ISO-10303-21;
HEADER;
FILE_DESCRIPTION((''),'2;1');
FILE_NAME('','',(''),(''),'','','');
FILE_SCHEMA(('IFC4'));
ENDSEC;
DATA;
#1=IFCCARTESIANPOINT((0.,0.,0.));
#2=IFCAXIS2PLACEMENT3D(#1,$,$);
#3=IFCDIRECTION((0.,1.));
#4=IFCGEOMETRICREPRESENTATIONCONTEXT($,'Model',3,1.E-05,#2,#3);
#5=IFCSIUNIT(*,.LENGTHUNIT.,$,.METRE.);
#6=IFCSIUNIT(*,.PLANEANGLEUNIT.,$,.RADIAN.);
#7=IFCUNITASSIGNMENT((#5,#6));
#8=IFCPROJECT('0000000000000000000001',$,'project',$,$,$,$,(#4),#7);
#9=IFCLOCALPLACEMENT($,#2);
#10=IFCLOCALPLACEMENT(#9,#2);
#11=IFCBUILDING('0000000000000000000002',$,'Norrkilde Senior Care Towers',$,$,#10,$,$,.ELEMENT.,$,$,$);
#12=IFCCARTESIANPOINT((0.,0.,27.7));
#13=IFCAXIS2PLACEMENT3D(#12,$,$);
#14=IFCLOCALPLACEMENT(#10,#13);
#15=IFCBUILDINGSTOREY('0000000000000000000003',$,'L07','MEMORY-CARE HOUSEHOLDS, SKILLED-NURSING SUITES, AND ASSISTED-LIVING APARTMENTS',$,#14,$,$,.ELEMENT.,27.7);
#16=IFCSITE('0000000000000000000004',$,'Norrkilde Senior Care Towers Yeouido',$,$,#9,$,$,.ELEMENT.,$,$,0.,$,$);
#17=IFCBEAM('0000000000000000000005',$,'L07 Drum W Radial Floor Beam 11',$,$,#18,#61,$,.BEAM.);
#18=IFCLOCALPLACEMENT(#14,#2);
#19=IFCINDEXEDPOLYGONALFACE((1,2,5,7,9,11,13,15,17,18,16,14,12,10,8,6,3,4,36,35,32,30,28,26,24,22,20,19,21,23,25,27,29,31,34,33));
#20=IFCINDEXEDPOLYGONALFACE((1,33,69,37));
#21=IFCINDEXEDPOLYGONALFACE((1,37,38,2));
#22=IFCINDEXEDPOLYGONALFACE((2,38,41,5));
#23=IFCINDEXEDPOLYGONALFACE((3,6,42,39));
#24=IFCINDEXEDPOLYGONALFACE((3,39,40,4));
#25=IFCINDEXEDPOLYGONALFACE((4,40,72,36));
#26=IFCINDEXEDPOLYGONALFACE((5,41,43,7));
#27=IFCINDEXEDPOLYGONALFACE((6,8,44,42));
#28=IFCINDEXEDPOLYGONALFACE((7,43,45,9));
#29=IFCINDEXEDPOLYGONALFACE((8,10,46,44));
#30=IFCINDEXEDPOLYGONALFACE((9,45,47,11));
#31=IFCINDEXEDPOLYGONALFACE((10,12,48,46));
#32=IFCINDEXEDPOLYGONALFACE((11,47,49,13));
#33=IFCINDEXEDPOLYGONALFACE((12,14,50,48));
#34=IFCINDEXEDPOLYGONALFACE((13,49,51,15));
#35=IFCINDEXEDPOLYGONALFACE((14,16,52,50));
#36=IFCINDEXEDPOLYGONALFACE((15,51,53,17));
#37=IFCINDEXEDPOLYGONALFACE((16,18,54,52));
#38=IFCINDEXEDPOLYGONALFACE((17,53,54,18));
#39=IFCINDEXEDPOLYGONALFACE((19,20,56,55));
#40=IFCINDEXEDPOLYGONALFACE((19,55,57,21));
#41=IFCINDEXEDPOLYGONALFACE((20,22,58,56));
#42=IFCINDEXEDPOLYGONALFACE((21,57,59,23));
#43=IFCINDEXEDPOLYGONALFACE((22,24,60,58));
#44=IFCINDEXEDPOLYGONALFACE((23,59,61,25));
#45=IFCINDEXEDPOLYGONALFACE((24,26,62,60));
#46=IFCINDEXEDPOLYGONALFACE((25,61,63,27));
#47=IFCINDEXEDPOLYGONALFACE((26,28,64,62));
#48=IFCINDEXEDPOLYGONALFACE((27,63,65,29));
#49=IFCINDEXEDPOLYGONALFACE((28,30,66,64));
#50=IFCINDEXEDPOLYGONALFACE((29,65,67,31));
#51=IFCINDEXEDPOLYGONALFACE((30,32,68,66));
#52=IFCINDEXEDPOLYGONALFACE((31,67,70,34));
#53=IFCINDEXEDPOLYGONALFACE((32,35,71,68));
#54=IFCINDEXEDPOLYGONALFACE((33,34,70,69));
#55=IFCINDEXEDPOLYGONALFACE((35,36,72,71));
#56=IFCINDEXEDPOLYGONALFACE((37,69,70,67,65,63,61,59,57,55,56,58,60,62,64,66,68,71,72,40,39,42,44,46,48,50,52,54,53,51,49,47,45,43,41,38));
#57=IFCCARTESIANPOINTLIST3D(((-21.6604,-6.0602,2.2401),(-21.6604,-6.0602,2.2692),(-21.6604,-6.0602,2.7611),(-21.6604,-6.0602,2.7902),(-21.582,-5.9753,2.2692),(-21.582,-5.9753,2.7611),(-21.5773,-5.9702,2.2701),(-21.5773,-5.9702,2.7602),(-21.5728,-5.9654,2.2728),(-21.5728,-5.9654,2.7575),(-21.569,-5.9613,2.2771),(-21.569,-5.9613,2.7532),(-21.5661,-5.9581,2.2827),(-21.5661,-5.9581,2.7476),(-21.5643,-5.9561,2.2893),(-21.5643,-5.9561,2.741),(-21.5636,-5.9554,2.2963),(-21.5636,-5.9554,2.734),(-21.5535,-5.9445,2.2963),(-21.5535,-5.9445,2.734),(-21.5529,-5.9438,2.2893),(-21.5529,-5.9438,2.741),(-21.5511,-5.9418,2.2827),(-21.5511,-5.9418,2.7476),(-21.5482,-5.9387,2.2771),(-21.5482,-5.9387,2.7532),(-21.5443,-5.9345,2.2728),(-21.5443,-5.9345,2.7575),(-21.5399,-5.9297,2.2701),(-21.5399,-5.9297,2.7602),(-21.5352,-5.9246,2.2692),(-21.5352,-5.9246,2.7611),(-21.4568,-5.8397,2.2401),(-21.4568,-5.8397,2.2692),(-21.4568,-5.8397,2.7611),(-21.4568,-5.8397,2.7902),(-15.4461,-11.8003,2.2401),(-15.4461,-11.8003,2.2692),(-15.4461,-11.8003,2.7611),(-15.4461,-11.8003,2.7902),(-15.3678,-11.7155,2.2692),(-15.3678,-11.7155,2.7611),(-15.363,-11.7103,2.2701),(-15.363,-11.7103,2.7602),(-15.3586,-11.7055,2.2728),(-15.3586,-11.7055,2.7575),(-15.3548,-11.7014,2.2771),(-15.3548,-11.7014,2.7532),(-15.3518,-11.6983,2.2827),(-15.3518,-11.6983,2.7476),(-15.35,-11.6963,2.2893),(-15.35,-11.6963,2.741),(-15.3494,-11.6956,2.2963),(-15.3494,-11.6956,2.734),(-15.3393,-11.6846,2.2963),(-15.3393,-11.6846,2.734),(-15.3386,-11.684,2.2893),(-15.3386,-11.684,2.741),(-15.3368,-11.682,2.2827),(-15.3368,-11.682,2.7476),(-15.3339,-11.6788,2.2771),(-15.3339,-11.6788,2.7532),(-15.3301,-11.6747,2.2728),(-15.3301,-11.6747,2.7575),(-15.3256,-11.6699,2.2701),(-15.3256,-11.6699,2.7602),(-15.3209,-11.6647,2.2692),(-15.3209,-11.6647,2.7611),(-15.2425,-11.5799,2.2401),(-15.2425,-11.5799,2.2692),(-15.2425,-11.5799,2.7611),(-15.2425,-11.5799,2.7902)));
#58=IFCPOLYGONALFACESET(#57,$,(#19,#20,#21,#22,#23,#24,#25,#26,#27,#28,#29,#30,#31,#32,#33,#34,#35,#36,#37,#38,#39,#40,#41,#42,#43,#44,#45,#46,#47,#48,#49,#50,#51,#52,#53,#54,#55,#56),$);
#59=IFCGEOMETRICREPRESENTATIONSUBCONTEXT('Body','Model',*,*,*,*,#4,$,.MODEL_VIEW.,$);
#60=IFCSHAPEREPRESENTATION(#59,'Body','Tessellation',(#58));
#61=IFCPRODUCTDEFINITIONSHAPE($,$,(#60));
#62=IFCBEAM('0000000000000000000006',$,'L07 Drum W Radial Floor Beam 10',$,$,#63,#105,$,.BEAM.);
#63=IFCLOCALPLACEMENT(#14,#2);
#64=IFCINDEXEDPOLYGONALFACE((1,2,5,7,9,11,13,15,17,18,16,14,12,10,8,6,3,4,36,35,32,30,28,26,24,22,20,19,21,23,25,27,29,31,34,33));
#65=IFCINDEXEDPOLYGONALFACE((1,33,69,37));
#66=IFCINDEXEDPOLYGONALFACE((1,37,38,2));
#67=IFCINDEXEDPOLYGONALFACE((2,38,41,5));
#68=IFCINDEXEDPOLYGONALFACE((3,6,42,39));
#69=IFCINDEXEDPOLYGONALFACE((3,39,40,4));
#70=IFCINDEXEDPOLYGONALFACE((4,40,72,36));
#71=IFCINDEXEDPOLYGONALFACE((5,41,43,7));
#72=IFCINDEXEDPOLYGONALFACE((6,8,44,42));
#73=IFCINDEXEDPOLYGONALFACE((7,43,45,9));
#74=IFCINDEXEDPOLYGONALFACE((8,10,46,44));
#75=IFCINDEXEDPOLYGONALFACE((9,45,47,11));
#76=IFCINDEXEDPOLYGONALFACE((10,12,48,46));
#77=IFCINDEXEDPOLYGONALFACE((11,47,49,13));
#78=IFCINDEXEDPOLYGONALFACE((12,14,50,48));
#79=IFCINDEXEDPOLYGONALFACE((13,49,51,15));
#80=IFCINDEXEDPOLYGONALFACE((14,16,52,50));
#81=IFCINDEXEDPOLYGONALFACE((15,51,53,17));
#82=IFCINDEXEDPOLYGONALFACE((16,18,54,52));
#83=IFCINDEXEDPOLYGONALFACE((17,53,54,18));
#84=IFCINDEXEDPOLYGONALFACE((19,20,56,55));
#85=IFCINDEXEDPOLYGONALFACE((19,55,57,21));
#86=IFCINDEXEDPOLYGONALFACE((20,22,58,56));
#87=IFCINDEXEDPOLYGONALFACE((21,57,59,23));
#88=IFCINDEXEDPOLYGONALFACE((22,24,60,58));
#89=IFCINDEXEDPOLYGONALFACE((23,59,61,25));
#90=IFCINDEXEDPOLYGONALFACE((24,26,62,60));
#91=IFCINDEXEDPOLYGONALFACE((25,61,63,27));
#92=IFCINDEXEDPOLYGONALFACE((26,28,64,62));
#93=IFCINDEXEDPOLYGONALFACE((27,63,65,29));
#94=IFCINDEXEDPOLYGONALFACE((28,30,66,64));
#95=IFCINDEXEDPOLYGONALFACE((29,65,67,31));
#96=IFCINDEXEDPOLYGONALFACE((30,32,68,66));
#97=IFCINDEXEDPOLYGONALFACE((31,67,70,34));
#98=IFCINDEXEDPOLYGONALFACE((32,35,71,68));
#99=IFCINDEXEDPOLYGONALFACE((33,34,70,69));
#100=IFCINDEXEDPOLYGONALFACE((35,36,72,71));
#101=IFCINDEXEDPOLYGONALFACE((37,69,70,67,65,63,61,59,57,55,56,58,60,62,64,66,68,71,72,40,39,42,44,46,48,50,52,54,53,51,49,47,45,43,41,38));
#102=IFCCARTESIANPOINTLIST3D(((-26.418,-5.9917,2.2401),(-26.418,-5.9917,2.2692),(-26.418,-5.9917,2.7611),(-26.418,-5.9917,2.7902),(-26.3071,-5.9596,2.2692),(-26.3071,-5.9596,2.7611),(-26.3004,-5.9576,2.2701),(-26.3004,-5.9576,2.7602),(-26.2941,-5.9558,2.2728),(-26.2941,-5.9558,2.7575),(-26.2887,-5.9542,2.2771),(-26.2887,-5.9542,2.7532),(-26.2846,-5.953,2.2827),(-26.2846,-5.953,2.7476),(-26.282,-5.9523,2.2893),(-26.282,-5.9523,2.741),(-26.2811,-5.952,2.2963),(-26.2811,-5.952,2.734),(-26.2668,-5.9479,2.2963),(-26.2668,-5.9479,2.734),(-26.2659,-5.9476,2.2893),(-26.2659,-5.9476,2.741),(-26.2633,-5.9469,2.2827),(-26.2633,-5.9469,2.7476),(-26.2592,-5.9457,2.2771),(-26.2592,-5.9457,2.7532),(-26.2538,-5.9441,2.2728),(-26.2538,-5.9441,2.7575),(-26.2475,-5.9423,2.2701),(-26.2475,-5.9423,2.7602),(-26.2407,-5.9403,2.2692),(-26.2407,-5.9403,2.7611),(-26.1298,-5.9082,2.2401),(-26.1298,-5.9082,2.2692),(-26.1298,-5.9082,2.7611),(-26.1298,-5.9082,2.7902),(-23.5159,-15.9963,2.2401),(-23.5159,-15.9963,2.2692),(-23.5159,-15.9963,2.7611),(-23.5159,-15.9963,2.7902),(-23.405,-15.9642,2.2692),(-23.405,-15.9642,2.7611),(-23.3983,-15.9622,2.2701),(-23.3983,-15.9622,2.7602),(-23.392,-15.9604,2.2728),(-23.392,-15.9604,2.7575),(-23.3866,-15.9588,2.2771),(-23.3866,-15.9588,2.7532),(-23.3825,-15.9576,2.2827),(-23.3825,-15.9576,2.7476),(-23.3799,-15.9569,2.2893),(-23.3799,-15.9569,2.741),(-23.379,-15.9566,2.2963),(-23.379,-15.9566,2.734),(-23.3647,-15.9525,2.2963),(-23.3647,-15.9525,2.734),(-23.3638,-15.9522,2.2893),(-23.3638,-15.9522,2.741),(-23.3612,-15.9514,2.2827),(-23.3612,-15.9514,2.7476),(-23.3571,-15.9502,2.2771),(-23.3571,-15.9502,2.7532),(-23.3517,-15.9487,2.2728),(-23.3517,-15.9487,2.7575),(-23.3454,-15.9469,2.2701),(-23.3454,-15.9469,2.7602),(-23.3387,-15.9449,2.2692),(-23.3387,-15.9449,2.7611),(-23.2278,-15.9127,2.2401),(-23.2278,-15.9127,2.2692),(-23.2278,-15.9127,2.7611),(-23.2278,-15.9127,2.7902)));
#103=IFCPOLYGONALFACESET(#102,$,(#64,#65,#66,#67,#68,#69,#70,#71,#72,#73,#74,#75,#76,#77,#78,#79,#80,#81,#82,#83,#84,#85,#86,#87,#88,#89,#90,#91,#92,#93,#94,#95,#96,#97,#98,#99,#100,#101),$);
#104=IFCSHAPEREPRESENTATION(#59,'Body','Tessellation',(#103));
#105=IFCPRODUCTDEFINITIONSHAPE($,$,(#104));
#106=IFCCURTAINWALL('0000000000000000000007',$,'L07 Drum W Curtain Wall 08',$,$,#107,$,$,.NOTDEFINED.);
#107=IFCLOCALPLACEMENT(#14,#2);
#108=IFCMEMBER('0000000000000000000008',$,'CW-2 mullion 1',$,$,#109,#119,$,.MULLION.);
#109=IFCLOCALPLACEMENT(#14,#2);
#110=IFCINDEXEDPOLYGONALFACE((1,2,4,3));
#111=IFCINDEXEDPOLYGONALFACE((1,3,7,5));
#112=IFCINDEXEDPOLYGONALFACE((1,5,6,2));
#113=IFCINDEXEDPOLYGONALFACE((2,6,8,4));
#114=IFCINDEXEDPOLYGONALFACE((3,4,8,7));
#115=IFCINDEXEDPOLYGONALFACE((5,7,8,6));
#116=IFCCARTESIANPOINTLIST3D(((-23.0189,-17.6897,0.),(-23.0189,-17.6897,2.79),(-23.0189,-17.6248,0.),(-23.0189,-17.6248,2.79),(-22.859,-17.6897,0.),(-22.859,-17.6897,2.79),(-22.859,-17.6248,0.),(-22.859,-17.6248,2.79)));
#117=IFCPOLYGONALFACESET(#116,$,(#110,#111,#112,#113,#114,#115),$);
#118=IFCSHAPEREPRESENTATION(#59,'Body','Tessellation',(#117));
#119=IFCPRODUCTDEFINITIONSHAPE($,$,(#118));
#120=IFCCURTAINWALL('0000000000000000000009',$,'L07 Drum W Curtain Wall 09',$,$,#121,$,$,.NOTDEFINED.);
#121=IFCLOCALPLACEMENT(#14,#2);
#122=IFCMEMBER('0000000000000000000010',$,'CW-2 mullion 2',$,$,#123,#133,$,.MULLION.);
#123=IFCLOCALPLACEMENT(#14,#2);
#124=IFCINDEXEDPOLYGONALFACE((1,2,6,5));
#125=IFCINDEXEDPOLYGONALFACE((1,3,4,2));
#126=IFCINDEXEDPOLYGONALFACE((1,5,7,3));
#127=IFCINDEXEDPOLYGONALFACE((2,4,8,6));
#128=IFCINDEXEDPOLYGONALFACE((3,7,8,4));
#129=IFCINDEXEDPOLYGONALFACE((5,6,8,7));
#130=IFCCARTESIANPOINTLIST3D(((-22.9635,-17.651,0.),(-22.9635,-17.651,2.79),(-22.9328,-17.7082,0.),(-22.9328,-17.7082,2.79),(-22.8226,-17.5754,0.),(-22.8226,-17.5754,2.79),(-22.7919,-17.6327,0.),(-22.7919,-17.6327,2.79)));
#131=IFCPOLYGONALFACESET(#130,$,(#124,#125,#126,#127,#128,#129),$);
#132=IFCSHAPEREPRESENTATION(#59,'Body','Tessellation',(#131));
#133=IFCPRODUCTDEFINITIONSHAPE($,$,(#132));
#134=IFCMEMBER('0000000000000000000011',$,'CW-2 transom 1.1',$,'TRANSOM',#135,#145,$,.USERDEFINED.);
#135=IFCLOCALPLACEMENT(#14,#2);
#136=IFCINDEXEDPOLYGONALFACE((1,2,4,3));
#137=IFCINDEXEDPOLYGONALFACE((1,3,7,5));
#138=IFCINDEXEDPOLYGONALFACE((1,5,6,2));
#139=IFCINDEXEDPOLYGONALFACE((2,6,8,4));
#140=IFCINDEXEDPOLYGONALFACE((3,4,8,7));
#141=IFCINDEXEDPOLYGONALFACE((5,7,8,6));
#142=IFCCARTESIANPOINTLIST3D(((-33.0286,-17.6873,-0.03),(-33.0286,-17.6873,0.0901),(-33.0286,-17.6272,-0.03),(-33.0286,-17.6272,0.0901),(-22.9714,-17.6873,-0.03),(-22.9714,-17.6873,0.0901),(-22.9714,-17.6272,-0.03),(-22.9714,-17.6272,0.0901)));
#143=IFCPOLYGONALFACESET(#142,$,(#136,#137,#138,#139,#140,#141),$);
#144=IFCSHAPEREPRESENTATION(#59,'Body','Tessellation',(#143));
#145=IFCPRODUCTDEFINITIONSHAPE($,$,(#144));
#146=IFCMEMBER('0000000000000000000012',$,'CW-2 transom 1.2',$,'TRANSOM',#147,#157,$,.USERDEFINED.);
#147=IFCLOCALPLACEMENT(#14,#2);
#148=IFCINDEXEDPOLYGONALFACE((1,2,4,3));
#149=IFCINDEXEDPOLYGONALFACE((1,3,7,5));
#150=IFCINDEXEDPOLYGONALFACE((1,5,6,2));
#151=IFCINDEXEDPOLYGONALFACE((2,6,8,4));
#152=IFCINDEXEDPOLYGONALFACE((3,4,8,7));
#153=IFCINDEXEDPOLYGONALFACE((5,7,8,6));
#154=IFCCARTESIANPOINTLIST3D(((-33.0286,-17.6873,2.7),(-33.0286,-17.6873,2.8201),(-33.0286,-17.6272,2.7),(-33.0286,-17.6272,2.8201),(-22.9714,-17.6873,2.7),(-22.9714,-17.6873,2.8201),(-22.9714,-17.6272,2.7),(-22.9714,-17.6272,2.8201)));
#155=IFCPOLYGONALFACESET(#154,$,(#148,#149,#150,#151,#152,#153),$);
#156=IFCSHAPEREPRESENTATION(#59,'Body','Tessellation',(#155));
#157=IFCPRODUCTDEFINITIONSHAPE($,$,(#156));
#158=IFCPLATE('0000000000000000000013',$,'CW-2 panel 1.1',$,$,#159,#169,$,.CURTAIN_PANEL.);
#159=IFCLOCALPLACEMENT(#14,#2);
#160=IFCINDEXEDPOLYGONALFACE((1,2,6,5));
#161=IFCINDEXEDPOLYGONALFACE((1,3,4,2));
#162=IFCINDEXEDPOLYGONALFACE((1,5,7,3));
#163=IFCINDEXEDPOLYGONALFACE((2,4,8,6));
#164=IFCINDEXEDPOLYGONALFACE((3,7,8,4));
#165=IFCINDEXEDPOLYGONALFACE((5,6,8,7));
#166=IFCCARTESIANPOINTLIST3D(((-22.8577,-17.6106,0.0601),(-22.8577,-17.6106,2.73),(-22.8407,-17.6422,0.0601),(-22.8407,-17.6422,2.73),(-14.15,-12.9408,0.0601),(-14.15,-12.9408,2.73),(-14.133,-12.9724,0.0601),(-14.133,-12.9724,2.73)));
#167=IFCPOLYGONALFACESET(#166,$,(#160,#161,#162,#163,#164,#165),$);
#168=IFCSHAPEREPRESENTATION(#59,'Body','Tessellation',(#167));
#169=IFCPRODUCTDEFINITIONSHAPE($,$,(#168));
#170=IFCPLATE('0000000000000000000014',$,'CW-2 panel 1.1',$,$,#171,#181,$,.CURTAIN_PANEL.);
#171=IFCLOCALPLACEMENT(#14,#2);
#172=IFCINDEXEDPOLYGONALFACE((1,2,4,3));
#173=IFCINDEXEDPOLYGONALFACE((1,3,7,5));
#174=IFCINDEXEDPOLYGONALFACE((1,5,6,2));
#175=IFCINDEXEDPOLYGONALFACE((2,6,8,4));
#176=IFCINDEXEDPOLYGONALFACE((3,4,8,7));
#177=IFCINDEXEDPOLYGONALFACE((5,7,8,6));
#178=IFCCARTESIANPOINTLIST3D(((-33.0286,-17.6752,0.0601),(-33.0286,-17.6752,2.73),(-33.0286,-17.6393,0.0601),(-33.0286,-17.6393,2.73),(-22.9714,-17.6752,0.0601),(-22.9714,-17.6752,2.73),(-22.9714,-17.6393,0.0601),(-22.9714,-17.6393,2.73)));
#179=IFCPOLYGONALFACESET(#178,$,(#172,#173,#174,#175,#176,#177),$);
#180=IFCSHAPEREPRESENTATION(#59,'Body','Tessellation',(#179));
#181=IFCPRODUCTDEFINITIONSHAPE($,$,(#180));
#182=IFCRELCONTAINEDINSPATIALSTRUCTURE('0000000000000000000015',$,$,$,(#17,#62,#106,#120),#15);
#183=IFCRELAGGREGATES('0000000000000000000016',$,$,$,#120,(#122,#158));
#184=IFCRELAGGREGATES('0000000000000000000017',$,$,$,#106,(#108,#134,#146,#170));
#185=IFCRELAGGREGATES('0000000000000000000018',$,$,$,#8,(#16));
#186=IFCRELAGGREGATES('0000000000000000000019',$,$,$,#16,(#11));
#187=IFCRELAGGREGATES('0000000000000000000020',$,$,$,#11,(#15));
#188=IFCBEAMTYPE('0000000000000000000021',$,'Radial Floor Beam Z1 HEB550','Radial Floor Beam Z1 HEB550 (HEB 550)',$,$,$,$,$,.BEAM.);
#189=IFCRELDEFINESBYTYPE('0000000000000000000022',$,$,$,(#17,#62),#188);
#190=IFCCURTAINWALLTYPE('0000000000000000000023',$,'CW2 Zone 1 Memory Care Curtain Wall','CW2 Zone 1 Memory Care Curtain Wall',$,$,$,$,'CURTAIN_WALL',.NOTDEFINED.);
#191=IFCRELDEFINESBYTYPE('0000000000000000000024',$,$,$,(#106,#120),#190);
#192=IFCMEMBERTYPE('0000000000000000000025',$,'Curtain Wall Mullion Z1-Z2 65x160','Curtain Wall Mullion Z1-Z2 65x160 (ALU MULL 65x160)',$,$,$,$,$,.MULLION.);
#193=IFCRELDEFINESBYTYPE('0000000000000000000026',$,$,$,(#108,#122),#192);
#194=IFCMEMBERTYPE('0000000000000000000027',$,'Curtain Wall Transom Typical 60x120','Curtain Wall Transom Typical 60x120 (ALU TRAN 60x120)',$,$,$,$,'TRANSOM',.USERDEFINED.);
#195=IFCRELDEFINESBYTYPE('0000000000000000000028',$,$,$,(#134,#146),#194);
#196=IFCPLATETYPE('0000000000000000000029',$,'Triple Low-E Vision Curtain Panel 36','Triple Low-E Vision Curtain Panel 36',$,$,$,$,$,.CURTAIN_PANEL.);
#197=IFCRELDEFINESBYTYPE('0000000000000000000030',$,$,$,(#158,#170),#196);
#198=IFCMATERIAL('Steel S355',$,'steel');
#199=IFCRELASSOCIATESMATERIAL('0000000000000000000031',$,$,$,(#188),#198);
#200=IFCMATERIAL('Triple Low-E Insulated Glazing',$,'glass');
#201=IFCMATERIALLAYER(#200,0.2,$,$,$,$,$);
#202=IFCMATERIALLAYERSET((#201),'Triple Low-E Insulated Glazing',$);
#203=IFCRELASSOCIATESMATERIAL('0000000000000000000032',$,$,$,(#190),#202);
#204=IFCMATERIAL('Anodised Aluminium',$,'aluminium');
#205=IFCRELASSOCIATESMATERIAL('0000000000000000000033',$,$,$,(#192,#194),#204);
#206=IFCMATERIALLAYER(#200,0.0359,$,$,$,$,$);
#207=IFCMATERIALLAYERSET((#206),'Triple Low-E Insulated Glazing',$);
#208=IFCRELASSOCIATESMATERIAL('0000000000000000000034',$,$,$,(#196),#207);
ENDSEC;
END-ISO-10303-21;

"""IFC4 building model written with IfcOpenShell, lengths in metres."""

from ifc_helpers import new_model, si_unit, direction, frame, origin, origin_2d, place, context, subcontext, project, spatial, rectangle, i_section, extrude, source, transform, mapped, material, layer, layer_set, material_profile, profile_set, type_object, type_shapes, element, aggregate, save


model = new_model("IFC4")

# Units and contexts
model_context = context("Model", 3, precision=1e-05, world=origin(), true_north=direction((0.0, 1.0)))
body_context = subcontext(model_context, "Body", "Model", "MODEL_VIEW")
ifc_project = project(units=[si_unit("LENGTHUNIT", "METRE"), si_unit("PLANEANGLEUNIT", "RADIAN")], contexts=[model_context])

# Site, building, storey
site_placement = place(None, origin())
site = spatial("IfcSite", under=ifc_project, at=site_placement, Name="Norrkilde Senior Care Towers Yeouido", CompositionType="ELEMENT", RefElevation=0.0)
building_placement = place(site_placement, origin())
building = spatial("IfcBuilding", under=site, at=building_placement, Name="Norrkilde Senior Care Towers", CompositionType="ELEMENT")
storey_placement = place(building_placement, frame((0.0, 0.0, 27.7)))
storey = spatial("IfcBuildingStorey", under=building, at=storey_placement, Name="L07", Description="MEMORY-CARE HOUSEHOLDS, SKILLED-NURSING SUITES, AND ASSISTED-LIVING APARTMENTS", CompositionType="ELEMENT", Elevation=27.7)

# Beams
ifc_material_1 = material(Name="Steel S355", Category="steel")
ifc_material_profile_1 = material_profile(ifc_material_1, i_section(OverallWidth=0.3, OverallDepth=0.55, WebThickness=0.0149, FlangeThickness=0.0291, FilletRadius=0.0271, at=origin_2d()), Name="HEB 550")
ifc_profile_set_1 = profile_set([ifc_material_profile_1], Name="Steel S355")
beam_type_1 = type_object("IfcBeamType", Name="Radial Floor Beam Z1 HEB550", Description="Radial Floor Beam Z1 HEB550 (HEB 550)", PredefinedType="BEAM", material=ifc_profile_set_1)
shared_shape_1 = source(origin(), body_context, "Body", "SweptSolid", [
    extrude(i_section(OverallWidth=0.3, OverallDepth=0.55, WebThickness=0.0149, FlangeThickness=0.0291, FilletRadius=0.0271, at=origin_2d()), origin(), (0.0, 0.0, 1.0), 8.4597),
])
beam_1_placement = place(storey_placement, frame((-21.5586, -5.95, 2.5151), z_axis=(0.734573, -0.678529, 0.0), x_axis=(0.678529, 0.734573, 0.0)))
element("IfcBeam", 1, at=beam_1_placement, inside=storey, type_object=beam_type_1, Name="L07 Drum W Radial Floor Beam 11", PredefinedType="BEAM", context=body_context, shape_type="MappedRepresentation", body=[
    mapped(shared_shape_1, transform((0.0, 0.0, 0.0), x_axis=(1.0, 0.0, 0.0), y_axis=(0.0, 1.0, 0.0), z_axis=(0.0, 0.0, 1.0), scale=1.0)),
])
shared_shape_2 = source(origin(), body_context, "Body", "SweptSolid", [
    extrude(i_section(OverallWidth=0.3, OverallDepth=0.55, WebThickness=0.0149, FlangeThickness=0.0291, FilletRadius=0.0271, at=origin_2d()), origin(), (0.0, 0.0, 1.0), 10.417),
])
beam_2_placement = place(storey_placement, frame((-26.2739, -5.95, 2.5151), z_axis=(0.278591, -0.96041, 0.0), x_axis=(0.96041, 0.278591, 0.0)))
element("IfcBeam", 2, at=beam_2_placement, inside=storey, type_object=beam_type_1, Name="L07 Drum W Radial Floor Beam 10", PredefinedType="BEAM", context=body_context, shape_type="MappedRepresentation", body=[
    mapped(shared_shape_2, transform((0.0, 0.0, 0.0), x_axis=(1.0, 0.0, 0.0), y_axis=(0.0, 1.0, 0.0), z_axis=(0.0, 0.0, 1.0), scale=1.0)),
])

# Curtain walls, members
ifc_material_2 = material(Name="Triple Low-E Insulated Glazing", Category="glass")
ifc_layer_1 = layer(ifc_material_2, 0.2)
ifc_layer_set_1 = layer_set([ifc_layer_1], Name="Triple Low-E Insulated Glazing")
curtain_wall_type = type_object("IfcCurtainWallType", Name="CW2 Zone 1 Memory Care Curtain Wall", Description="CW2 Zone 1 Memory Care Curtain Wall", ElementType="CURTAIN_WALL", PredefinedType="NOTDEFINED", material=ifc_layer_set_1)
curtain_wall_1_placement = place(storey_placement, origin())
curtain_wall_1 = element("IfcCurtainWall", 3, at=curtain_wall_1_placement, inside=storey, type_object=curtain_wall_type, Name="L07 Drum W Curtain Wall 08", PredefinedType="NOTDEFINED")
ifc_material_3 = material(Name="Anodised Aluminium", Category="aluminium")
ifc_material_profile_2 = material_profile(ifc_material_3, rectangle(XDim=0.0649, YDim=0.1599, at=origin_2d()), Name="ALU MULL 65x160")
ifc_profile_set_2 = profile_set([ifc_material_profile_2], Name="Anodised Aluminium")
member_type_1 = type_object("IfcMemberType", Name="Curtain Wall Mullion Z1-Z2 65x160", Description="Curtain Wall Mullion Z1-Z2 65x160 (ALU MULL 65x160)", PredefinedType="MULLION", material=ifc_profile_set_2)
shared_shape_3 = source(origin(), body_context, "Body", "SweptSolid", [
    extrude(rectangle(XDim=0.0649, YDim=0.1599, at=origin_2d()), origin(), (0.0, 0.0, 1.0), 2.79),
])
type_shapes(member_type_1, [shared_shape_3])
member_1_placement = place(storey_placement, frame((-22.939, -17.6572, 0.0), z_axis=(0.0, 0.0, 1.0), x_axis=(0.0, -1.0, 0.0)))
member_1 = element("IfcMember", 4, at=member_1_placement, type_object=member_type_1, Name="CW-2 mullion 1", PredefinedType="MULLION", context=body_context, shape_type="MappedRepresentation", body=[
    mapped(shared_shape_3, transform((0.0, 0.0, 0.0), x_axis=(1.0, 0.0, 0.0), y_axis=(0.0, 1.0, 0.0), z_axis=(0.0, 0.0, 1.0), scale=1.0)),
])
curtain_wall_2_placement = place(storey_placement, origin())
curtain_wall_2 = element("IfcCurtainWall", 5, at=curtain_wall_2_placement, inside=storey, type_object=curtain_wall_type, Name="L07 Drum W Curtain Wall 09", PredefinedType="NOTDEFINED")
member_2_placement = place(storey_placement, frame((-22.8777, -17.6418, 0.0), z_axis=(0.0, 0.0, 1.0), x_axis=(0.472608, -0.881273, 0.0)))
member_2 = element("IfcMember", 6, at=member_2_placement, type_object=member_type_1, Name="CW-2 mullion 2", PredefinedType="MULLION", context=body_context, shape_type="MappedRepresentation", body=[
    mapped(shared_shape_3, transform((0.0, 0.0, 0.0), x_axis=(1.0, 0.0, 0.0), y_axis=(0.0, 1.0, 0.0), z_axis=(0.0, 0.0, 1.0), scale=1.0)),
])

# Members
ifc_material_profile_3 = material_profile(ifc_material_3, rectangle(XDim=0.0601, YDim=0.1201, at=origin_2d()), Name="ALU TRAN 60x120")
ifc_profile_set_3 = profile_set([ifc_material_profile_3], Name="Anodised Aluminium")
member_type_2 = type_object("IfcMemberType", Name="Curtain Wall Transom Typical 60x120", Description="Curtain Wall Transom Typical 60x120 (ALU TRAN 60x120)", ElementType="TRANSOM", PredefinedType="USERDEFINED", material=ifc_profile_set_3)
shared_shape_4 = source(origin(), body_context, "Body", "SweptSolid", [
    extrude(rectangle(XDim=0.0601, YDim=0.1201, at=origin_2d()), origin(), (0.0, 0.0, 1.0), 10.0571),
])
type_shapes(member_type_2, [shared_shape_4])
member_3_placement = place(storey_placement, frame((-22.9714, -17.6572, 0.03), z_axis=(-1.0, 0.0, 0.0), x_axis=(0.0, -1.0, 0.0)))
member_3 = element("IfcMember", 7, at=member_3_placement, type_object=member_type_2, Name="CW-2 transom 1.1", ObjectType="TRANSOM", PredefinedType="USERDEFINED", context=body_context, shape_type="MappedRepresentation", body=[
    mapped(shared_shape_4, transform((0.0, 0.0, 0.0), x_axis=(1.0, 0.0, 0.0), y_axis=(0.0, 1.0, 0.0), z_axis=(0.0, 0.0, 1.0), scale=1.0)),
])
member_4_placement = place(storey_placement, frame((-22.9714, -17.6572, 2.76), z_axis=(-1.0, 0.0, 0.0), x_axis=(0.0, -1.0, 0.0)))
member_4 = element("IfcMember", 8, at=member_4_placement, type_object=member_type_2, Name="CW-2 transom 1.2", ObjectType="TRANSOM", PredefinedType="USERDEFINED", context=body_context, shape_type="MappedRepresentation", body=[
    mapped(shared_shape_4, transform((0.0, 0.0, 0.0), x_axis=(1.0, 0.0, 0.0), y_axis=(0.0, 1.0, 0.0), z_axis=(0.0, 0.0, 1.0), scale=1.0)),
])

# Plates
ifc_layer_2 = layer(ifc_material_2, 0.0359)
ifc_layer_set_2 = layer_set([ifc_layer_2], Name="Triple Low-E Insulated Glazing")
plate_type = type_object("IfcPlateType", Name="Triple Low-E Vision Curtain Panel 36", Description="Triple Low-E Vision Curtain Panel 36", PredefinedType="CURTAIN_PANEL", material=ifc_layer_set_2)
shared_shape_5 = source(origin(), body_context, "Body", "SweptSolid", [
    extrude(rectangle(XDim=9.8809, YDim=0.0359, at=origin_2d()), origin(), (0.0, 0.0, 1.0), 2.6699),
])
plate_1_placement = place(storey_placement, frame((-18.4954, -15.2915, 0.0601), z_axis=(0.0, 0.0, 1.0), x_axis=(-0.881273, -0.472608, 0.0)))
plate_1 = element("IfcPlate", 9, at=plate_1_placement, type_object=plate_type, Name="CW-2 panel 1.1", PredefinedType="CURTAIN_PANEL", context=body_context, shape_type="MappedRepresentation", body=[
    mapped(shared_shape_5, transform((0.0, 0.0, 0.0), x_axis=(1.0, 0.0, 0.0), y_axis=(0.0, 1.0, 0.0), z_axis=(0.0, 0.0, 1.0), scale=1.0)),
])
aggregate(curtain_wall_2, [member_2, plate_1])
shared_shape_6 = source(origin(), body_context, "Body", "SweptSolid", [
    extrude(rectangle(XDim=10.0571, YDim=0.0359, at=origin_2d()), origin(), (0.0, 0.0, 1.0), 2.6699),
])
type_shapes(plate_type, [shared_shape_5, shared_shape_6])
plate_2_placement = place(storey_placement, frame((-28.0, -17.6572, 0.0601), z_axis=(0.0, 0.0, 1.0), x_axis=(-1.0, 0.0, 0.0)))
plate_2 = element("IfcPlate", 10, at=plate_2_placement, type_object=plate_type, Name="CW-2 panel 1.1", PredefinedType="CURTAIN_PANEL", context=body_context, shape_type="MappedRepresentation", body=[
    mapped(shared_shape_6, transform((0.0, 0.0, 0.0), x_axis=(1.0, 0.0, 0.0), y_axis=(0.0, 1.0, 0.0), z_axis=(0.0, 0.0, 1.0), scale=1.0)),
])
aggregate(curtain_wall_1, [member_1, member_3, member_4, plate_2])

save(model, "model.ifc")
